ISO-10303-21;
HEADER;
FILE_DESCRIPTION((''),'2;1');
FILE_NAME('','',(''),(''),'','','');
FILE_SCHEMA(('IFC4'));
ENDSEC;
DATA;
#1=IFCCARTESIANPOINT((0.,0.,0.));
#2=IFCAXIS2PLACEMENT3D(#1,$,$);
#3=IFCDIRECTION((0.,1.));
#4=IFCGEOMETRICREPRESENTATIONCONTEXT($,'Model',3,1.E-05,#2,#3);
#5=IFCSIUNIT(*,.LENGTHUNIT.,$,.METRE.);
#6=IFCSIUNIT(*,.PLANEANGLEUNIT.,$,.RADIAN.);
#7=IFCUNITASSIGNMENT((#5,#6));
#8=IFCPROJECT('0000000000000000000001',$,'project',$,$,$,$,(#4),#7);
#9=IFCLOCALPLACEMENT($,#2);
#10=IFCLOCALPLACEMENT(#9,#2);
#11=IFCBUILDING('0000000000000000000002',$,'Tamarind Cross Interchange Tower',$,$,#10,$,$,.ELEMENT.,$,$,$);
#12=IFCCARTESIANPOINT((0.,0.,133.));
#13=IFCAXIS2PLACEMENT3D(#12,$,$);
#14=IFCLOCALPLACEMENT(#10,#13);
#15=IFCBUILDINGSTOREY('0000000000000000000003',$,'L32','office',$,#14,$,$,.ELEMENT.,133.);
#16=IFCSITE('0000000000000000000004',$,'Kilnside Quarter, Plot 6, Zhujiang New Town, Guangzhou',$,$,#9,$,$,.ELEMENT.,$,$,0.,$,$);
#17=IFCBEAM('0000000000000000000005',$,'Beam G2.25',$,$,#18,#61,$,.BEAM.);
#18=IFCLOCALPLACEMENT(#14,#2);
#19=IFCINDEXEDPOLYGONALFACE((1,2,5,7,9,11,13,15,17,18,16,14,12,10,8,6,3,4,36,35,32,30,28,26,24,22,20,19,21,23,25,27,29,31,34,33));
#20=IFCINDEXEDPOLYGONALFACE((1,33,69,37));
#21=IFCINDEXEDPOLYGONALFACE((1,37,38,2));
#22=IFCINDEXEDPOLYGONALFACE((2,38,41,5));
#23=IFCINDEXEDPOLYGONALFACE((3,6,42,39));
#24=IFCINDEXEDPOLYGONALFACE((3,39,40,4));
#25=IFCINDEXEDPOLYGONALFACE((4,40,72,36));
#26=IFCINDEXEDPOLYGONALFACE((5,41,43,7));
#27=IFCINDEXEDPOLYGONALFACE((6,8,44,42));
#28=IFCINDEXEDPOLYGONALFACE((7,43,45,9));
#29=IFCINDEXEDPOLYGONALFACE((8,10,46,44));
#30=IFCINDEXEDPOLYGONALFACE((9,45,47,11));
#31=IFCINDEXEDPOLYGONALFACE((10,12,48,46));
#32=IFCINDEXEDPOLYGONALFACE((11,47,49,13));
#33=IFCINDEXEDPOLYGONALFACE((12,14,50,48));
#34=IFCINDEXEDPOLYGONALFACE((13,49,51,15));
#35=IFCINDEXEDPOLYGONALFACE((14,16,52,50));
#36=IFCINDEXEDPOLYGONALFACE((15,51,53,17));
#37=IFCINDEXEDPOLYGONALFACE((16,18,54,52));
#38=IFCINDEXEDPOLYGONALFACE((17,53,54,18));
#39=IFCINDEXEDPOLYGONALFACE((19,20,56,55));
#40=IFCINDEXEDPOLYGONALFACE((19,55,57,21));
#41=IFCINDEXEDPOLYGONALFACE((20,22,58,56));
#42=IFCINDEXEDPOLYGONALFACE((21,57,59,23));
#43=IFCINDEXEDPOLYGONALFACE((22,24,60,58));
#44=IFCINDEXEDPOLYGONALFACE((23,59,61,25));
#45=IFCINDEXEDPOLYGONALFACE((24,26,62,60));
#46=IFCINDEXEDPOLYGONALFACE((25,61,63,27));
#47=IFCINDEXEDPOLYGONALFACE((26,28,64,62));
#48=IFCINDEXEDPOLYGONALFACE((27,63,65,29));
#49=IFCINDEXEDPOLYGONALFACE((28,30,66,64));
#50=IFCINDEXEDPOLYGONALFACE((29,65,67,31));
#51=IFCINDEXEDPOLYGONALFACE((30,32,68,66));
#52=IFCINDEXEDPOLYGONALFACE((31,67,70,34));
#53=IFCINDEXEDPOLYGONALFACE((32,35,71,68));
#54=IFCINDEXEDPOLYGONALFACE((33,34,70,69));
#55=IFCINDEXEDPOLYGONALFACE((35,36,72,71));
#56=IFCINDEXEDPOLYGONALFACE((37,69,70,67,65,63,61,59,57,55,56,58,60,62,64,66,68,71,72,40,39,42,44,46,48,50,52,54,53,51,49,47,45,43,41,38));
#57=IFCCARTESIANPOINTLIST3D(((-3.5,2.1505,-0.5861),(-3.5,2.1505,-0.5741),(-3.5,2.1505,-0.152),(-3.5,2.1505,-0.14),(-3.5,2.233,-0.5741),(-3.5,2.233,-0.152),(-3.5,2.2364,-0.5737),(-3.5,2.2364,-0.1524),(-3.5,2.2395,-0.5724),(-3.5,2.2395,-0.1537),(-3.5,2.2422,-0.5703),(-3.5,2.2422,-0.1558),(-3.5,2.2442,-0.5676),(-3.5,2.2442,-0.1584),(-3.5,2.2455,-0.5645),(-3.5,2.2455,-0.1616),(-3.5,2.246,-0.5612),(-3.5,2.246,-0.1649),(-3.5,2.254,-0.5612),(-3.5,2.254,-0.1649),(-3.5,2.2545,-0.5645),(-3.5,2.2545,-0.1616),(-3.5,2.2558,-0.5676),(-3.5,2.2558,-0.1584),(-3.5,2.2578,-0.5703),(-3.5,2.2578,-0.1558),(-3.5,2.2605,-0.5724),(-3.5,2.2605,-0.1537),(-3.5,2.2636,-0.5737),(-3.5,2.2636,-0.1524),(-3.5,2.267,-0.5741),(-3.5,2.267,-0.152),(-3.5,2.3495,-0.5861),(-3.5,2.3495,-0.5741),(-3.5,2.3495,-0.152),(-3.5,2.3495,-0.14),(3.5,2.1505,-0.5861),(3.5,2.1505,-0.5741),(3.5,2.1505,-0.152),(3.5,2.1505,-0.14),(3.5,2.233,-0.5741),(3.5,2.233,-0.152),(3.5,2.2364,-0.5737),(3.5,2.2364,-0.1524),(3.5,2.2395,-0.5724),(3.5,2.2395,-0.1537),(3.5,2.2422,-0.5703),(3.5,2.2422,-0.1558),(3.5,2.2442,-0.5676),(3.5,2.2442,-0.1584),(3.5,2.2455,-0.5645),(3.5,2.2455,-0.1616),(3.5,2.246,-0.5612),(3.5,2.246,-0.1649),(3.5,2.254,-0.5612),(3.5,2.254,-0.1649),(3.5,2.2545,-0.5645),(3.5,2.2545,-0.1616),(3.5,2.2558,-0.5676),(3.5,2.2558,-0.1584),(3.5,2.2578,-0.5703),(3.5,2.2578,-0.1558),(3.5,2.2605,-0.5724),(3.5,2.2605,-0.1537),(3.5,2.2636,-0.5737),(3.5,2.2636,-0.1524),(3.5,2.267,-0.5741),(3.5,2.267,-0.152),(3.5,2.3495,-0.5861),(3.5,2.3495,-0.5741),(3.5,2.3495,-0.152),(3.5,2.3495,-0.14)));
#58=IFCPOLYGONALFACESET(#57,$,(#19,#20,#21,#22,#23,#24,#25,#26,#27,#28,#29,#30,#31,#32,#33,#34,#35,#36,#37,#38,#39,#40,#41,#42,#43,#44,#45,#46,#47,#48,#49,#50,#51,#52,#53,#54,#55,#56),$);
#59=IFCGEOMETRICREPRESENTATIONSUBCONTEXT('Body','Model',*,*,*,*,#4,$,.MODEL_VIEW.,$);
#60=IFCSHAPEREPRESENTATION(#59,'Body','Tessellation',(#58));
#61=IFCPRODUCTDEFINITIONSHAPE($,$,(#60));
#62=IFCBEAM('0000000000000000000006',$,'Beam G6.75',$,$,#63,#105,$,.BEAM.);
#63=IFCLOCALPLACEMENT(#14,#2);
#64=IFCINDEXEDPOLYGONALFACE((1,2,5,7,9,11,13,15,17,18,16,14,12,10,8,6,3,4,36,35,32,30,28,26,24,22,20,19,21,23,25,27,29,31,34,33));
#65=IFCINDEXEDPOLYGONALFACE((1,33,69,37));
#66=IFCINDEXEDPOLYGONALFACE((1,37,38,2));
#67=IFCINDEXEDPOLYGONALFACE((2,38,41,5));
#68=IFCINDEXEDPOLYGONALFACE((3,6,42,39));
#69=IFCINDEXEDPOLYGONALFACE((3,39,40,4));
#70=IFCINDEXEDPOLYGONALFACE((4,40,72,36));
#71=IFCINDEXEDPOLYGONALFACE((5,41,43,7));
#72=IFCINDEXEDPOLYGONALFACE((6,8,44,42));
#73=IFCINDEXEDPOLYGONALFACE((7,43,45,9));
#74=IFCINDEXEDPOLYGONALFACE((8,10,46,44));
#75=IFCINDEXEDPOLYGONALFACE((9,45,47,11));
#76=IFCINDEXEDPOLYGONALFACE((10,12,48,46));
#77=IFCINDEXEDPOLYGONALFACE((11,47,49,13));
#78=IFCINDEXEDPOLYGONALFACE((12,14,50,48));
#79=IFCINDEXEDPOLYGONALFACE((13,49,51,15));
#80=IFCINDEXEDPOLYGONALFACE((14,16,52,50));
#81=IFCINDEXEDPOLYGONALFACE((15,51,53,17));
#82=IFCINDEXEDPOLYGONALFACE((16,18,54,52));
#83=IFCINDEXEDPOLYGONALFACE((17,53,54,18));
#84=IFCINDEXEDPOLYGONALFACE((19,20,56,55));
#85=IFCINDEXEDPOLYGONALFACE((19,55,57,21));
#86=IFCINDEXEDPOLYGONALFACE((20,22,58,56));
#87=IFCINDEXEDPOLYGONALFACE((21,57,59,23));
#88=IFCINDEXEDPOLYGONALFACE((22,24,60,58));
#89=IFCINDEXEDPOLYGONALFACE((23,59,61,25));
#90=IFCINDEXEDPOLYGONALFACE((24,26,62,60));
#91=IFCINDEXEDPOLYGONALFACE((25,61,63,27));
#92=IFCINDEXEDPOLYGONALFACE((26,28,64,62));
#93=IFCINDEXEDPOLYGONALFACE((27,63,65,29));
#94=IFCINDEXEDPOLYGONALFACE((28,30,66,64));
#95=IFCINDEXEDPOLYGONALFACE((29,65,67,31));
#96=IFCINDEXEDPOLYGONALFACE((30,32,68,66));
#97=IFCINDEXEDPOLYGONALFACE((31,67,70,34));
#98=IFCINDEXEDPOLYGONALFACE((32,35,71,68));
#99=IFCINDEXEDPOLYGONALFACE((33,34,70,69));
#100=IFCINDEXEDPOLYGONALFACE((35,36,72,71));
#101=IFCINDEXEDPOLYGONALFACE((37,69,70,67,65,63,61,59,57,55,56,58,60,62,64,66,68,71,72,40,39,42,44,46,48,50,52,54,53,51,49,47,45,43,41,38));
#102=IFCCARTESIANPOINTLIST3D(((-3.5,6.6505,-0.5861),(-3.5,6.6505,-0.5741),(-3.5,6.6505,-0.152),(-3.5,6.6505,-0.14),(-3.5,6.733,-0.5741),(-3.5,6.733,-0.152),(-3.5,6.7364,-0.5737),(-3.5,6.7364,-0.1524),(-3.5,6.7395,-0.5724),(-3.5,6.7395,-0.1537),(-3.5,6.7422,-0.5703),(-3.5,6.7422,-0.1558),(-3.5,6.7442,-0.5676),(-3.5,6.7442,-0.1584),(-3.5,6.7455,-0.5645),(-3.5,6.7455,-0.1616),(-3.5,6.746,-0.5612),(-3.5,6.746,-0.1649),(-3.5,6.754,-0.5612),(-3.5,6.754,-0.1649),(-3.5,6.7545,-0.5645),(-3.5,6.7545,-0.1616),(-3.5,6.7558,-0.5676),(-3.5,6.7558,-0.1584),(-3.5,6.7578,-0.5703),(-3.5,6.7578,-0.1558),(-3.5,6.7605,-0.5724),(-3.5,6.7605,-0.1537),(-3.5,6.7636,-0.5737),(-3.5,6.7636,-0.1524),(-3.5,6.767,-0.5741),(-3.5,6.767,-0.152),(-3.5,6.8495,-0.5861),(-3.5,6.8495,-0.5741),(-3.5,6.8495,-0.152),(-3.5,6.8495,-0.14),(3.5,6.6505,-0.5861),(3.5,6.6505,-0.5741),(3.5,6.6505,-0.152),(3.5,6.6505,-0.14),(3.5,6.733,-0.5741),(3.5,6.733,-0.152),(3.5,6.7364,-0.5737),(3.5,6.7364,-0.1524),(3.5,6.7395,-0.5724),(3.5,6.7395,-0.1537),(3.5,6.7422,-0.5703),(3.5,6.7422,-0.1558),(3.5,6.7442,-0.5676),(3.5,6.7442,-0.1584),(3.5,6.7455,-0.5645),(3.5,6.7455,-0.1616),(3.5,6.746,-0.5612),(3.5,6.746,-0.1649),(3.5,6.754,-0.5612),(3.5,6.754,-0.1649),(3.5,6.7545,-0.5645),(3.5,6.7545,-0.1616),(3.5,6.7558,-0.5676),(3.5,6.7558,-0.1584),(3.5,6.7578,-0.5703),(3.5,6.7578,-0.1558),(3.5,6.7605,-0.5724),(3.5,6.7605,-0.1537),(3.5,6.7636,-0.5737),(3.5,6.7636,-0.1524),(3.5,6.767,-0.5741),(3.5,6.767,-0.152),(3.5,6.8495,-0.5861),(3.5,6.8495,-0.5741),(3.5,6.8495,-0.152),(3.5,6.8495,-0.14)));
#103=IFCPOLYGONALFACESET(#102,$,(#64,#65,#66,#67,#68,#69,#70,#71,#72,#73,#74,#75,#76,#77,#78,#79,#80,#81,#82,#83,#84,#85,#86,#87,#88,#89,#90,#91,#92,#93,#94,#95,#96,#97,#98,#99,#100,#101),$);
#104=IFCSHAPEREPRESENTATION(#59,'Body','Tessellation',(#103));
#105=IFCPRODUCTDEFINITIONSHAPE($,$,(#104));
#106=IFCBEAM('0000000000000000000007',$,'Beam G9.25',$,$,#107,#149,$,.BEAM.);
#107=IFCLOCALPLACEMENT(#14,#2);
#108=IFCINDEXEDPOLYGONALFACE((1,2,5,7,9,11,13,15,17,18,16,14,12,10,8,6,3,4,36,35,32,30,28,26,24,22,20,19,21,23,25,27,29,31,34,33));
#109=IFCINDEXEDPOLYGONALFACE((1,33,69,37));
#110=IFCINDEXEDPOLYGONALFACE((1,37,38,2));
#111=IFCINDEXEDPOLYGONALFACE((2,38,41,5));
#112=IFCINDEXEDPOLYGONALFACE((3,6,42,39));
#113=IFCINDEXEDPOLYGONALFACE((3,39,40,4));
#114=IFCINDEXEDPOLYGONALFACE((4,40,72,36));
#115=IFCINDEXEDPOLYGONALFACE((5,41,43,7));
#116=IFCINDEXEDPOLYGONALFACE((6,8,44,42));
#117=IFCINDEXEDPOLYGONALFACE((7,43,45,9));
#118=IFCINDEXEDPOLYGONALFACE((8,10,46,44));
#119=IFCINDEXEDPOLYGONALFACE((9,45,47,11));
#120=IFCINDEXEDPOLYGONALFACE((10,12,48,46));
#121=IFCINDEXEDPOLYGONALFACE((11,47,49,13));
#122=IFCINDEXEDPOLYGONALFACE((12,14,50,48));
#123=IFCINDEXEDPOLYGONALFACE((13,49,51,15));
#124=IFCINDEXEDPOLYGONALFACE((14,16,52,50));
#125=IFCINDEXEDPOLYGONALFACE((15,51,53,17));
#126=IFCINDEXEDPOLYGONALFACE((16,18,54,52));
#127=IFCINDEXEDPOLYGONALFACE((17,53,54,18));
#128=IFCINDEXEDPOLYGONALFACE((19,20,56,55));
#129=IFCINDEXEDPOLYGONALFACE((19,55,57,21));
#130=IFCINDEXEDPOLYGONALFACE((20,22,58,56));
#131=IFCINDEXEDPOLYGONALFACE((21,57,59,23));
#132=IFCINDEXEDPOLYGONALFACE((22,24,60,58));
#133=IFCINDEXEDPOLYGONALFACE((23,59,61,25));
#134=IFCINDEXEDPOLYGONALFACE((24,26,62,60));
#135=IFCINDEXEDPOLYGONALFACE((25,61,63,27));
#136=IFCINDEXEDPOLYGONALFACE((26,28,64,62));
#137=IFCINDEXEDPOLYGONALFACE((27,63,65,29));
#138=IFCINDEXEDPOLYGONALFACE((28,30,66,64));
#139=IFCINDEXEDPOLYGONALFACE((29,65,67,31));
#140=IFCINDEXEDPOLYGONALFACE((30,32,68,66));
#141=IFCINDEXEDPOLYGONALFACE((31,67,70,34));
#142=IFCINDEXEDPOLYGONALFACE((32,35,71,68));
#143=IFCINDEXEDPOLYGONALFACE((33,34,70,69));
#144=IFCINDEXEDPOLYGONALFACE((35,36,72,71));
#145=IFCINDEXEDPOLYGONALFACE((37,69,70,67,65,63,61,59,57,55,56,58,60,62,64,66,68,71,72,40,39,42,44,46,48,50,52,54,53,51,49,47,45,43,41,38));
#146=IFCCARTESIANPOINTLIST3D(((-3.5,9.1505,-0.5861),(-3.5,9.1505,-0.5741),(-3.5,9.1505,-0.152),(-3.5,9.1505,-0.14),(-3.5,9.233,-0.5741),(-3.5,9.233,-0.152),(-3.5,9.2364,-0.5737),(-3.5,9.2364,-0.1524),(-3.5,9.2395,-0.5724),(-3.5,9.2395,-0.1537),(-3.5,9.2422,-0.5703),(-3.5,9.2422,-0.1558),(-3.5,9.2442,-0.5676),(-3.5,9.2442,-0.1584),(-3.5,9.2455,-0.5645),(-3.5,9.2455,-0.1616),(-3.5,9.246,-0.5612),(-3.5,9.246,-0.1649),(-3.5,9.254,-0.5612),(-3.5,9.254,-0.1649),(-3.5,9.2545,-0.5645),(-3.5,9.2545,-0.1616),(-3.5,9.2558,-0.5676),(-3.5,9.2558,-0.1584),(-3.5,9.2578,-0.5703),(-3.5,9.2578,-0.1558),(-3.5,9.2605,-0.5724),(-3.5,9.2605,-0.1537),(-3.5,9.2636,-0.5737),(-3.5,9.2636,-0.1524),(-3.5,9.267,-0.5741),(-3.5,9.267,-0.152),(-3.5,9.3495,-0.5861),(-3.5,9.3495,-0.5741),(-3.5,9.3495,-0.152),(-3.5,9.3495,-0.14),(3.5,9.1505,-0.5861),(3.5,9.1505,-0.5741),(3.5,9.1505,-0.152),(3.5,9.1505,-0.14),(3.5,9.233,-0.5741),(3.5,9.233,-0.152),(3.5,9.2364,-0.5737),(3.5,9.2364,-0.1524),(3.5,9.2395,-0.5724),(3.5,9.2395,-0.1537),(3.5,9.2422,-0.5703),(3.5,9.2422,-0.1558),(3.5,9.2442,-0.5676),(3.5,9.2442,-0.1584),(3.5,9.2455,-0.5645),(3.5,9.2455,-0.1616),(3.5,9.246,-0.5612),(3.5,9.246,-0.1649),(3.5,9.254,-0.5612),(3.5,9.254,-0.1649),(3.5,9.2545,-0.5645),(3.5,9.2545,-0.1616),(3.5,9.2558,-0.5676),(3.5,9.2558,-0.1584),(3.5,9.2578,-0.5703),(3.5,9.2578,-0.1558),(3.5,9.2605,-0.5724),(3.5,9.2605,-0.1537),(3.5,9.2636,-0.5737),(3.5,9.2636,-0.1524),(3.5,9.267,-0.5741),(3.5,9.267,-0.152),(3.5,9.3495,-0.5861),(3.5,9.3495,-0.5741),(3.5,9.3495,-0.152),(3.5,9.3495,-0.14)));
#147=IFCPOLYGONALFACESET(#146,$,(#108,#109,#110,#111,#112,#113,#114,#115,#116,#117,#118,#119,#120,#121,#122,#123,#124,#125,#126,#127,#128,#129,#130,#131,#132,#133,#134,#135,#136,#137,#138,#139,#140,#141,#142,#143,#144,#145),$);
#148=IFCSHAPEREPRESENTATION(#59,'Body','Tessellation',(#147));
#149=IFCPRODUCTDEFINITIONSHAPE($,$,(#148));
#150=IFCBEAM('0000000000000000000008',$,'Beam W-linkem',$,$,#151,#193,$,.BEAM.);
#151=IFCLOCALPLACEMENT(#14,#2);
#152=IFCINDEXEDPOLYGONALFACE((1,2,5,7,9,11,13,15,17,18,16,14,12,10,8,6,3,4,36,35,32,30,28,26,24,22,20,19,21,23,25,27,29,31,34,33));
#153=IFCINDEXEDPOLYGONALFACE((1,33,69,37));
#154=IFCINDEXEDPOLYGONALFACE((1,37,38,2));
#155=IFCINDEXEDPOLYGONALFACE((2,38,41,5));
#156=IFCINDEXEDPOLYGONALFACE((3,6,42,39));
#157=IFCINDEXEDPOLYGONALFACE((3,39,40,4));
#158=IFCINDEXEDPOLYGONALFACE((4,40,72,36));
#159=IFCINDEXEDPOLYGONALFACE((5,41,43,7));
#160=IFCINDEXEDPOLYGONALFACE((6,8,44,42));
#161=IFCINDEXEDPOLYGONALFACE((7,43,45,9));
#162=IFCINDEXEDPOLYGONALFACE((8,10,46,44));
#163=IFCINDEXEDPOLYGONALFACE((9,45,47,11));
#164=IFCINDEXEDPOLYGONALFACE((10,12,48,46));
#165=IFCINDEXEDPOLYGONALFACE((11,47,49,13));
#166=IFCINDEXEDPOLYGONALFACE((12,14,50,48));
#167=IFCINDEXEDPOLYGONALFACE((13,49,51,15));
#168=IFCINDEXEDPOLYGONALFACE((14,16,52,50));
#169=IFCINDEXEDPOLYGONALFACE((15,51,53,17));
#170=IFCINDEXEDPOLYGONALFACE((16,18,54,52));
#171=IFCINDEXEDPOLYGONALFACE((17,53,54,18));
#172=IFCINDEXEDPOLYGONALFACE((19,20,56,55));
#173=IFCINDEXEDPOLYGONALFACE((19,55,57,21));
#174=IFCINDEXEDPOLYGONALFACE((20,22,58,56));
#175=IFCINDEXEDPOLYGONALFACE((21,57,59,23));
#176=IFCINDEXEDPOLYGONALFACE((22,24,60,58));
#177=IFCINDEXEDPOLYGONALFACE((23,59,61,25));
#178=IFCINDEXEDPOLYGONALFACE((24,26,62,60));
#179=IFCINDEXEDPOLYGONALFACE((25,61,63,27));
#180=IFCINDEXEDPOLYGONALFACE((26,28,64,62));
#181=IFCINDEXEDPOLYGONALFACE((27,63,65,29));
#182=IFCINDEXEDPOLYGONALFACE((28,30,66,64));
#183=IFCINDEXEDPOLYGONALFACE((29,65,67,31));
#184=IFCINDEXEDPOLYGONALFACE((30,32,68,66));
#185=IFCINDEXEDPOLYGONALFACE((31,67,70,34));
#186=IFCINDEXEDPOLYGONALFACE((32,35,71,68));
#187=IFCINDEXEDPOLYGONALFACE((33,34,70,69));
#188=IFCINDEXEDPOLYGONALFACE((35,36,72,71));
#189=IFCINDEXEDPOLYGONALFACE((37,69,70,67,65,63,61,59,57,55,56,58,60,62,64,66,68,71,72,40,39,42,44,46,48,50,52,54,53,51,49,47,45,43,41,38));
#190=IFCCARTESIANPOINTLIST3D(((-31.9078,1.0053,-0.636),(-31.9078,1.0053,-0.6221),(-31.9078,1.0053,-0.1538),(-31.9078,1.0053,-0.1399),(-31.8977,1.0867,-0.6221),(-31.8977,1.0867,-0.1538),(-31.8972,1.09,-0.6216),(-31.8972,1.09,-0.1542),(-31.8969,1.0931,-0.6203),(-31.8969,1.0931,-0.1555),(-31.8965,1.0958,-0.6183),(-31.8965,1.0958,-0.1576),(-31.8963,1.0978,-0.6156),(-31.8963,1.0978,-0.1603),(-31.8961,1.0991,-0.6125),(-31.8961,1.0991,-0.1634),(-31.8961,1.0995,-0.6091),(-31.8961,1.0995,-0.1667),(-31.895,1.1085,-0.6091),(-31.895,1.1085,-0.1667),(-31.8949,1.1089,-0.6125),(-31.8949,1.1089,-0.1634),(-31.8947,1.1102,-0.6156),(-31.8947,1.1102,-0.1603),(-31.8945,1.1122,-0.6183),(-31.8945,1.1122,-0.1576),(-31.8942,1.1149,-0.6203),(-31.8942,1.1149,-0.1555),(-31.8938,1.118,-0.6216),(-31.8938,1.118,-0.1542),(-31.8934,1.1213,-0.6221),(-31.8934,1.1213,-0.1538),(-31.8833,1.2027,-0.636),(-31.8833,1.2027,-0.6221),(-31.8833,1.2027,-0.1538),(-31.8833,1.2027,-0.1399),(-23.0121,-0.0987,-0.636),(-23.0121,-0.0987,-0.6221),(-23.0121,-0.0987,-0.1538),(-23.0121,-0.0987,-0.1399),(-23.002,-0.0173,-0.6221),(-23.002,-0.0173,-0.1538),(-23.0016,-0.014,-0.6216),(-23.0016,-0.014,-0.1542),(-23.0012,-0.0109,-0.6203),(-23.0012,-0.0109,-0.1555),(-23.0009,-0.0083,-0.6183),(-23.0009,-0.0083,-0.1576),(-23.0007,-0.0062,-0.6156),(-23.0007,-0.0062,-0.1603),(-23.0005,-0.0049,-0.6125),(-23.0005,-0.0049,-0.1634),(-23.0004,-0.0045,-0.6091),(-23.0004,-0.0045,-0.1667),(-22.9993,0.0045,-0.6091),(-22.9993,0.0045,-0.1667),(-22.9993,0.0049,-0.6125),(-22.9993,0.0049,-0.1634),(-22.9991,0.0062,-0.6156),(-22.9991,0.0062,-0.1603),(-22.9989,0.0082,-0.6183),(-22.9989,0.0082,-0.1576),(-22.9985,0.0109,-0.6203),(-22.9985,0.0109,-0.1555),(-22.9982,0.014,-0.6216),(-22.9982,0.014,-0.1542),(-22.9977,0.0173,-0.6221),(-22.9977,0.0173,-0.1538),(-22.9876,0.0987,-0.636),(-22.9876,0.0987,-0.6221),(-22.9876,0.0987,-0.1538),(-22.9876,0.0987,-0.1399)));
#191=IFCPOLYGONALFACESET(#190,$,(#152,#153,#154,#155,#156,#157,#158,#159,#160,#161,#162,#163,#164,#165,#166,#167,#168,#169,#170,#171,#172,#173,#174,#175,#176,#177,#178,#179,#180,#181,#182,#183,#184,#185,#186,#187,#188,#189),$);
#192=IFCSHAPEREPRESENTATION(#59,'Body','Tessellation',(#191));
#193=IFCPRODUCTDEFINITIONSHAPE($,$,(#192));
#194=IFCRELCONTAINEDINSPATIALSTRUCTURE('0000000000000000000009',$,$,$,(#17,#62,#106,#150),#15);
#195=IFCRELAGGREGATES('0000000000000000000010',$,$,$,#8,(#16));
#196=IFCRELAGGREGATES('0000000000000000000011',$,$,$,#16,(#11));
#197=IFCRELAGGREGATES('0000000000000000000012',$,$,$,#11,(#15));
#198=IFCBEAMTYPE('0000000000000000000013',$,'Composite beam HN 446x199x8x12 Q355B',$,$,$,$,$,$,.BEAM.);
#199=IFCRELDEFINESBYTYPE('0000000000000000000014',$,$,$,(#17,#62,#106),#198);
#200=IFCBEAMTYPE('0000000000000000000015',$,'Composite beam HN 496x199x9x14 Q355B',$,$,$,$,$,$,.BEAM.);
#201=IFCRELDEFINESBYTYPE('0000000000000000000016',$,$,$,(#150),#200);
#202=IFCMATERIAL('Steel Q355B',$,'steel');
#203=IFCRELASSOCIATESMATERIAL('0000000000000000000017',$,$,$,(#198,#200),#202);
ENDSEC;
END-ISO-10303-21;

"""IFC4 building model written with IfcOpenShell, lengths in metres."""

from ifc_helpers import new_model, si_unit, direction, frame, origin, origin_2d, place, context, subcontext, project, spatial, i_section, extrude, material, material_profile, profile_set, type_object, element, save


model = new_model("IFC4")

# Units and contexts
model_context = context("Model", 3, precision=1e-05, world=origin(), true_north=direction((0.0, 1.0)))
body_context = subcontext(model_context, "Body", "Model", "MODEL_VIEW")
ifc_project = project(units=[si_unit("LENGTHUNIT", "METRE"), si_unit("PLANEANGLEUNIT", "RADIAN")], contexts=[model_context])

# Site, building, storey
site_placement = place(None, origin())
site = spatial("IfcSite", under=ifc_project, at=site_placement, Name="Kilnside Quarter, Plot 6, Zhujiang New Town, Guangzhou", CompositionType="ELEMENT", RefElevation=0.0)
building_placement = place(site_placement, origin())
building = spatial("IfcBuilding", under=site, at=building_placement, Name="Tamarind Cross Interchange Tower", CompositionType="ELEMENT")
storey_placement = place(building_placement, frame((0.0, 0.0, 133.0)))
storey = spatial("IfcBuildingStorey", under=building, at=storey_placement, Name="L32", Description="office", CompositionType="ELEMENT", Elevation=133.0)

# Beams
ifc_material_1 = material(Name="Steel Q355B", Category="steel")
ifc_material_profile_1 = material_profile(ifc_material_1, i_section(OverallWidth=0.199, OverallDepth=0.446, WebThickness=0.0081, FlangeThickness=0.012, FilletRadius=0.0129, at=origin_2d()), Name="HN 446x199x8x12")
ifc_profile_set_1 = profile_set([ifc_material_profile_1], Name="Steel Q355B")
beam_type_1 = type_object("IfcBeamType", Name="Composite beam HN 446x199x8x12 Q355B", PredefinedType="BEAM", material=ifc_profile_set_1)
for number, where, z_axis, x_axis, name in (
    (1, (-3.5, 2.25, -0.363), (1.0, 0.0, 0.0), (0.0, 1.0, 0.0), "Beam G2.25"),
    (2, (-3.5, 6.75, -0.363), (1.0, 0.0, 0.0), (0.0, 1.0, 0.0), "Beam G6.75"),
    (3, (-3.5, 9.25, -0.363), (1.0, 0.0, 0.0), (0.0, 1.0, 0.0), "Beam G9.25"),
):
    element("IfcBeam", number, at=place(storey_placement, frame(where, z_axis=z_axis, x_axis=x_axis)), inside=storey, type_object=beam_type_1, Name=name, PredefinedType="BEAM", context=body_context, shape_type="SweptSolid", body=[
        extrude(i_section(OverallWidth=0.199, OverallDepth=0.446, WebThickness=0.0081, FlangeThickness=0.012, FilletRadius=0.0129, at=origin_2d()), origin(), (0.0, 0.0, 1.0), 7.0),
    ])
ifc_material_profile_2 = material_profile(ifc_material_1, i_section(OverallWidth=0.199, OverallDepth=0.4961, WebThickness=0.009, FlangeThickness=0.0139, FilletRadius=0.0129, at=origin_2d()), Name="HN 496x199x9x14")
ifc_profile_set_2 = profile_set([ifc_material_profile_2], Name="Steel Q355B")
beam_type_2 = type_object("IfcBeamType", Name="Composite beam HN 496x199x9x14 Q355B", PredefinedType="BEAM", material=ifc_profile_set_2)
beam_1_placement = place(storey_placement, frame((-31.8955, 1.104, -0.3879), z_axis=(0.992386, -0.123163, 0.0), x_axis=(0.123163, 0.992386, 0.0)))
element("IfcBeam", 4, at=beam_1_placement, inside=storey, type_object=beam_type_2, Name="Beam W-linkem", PredefinedType="BEAM", context=body_context, shape_type="SweptSolid", body=[
    extrude(i_section(OverallWidth=0.199, OverallDepth=0.4961, WebThickness=0.009, FlangeThickness=0.0139, FilletRadius=0.0129, at=origin_2d()), origin(), (0.0, 0.0, 1.0), 8.9639),
])

save(model, "model.ifc")
